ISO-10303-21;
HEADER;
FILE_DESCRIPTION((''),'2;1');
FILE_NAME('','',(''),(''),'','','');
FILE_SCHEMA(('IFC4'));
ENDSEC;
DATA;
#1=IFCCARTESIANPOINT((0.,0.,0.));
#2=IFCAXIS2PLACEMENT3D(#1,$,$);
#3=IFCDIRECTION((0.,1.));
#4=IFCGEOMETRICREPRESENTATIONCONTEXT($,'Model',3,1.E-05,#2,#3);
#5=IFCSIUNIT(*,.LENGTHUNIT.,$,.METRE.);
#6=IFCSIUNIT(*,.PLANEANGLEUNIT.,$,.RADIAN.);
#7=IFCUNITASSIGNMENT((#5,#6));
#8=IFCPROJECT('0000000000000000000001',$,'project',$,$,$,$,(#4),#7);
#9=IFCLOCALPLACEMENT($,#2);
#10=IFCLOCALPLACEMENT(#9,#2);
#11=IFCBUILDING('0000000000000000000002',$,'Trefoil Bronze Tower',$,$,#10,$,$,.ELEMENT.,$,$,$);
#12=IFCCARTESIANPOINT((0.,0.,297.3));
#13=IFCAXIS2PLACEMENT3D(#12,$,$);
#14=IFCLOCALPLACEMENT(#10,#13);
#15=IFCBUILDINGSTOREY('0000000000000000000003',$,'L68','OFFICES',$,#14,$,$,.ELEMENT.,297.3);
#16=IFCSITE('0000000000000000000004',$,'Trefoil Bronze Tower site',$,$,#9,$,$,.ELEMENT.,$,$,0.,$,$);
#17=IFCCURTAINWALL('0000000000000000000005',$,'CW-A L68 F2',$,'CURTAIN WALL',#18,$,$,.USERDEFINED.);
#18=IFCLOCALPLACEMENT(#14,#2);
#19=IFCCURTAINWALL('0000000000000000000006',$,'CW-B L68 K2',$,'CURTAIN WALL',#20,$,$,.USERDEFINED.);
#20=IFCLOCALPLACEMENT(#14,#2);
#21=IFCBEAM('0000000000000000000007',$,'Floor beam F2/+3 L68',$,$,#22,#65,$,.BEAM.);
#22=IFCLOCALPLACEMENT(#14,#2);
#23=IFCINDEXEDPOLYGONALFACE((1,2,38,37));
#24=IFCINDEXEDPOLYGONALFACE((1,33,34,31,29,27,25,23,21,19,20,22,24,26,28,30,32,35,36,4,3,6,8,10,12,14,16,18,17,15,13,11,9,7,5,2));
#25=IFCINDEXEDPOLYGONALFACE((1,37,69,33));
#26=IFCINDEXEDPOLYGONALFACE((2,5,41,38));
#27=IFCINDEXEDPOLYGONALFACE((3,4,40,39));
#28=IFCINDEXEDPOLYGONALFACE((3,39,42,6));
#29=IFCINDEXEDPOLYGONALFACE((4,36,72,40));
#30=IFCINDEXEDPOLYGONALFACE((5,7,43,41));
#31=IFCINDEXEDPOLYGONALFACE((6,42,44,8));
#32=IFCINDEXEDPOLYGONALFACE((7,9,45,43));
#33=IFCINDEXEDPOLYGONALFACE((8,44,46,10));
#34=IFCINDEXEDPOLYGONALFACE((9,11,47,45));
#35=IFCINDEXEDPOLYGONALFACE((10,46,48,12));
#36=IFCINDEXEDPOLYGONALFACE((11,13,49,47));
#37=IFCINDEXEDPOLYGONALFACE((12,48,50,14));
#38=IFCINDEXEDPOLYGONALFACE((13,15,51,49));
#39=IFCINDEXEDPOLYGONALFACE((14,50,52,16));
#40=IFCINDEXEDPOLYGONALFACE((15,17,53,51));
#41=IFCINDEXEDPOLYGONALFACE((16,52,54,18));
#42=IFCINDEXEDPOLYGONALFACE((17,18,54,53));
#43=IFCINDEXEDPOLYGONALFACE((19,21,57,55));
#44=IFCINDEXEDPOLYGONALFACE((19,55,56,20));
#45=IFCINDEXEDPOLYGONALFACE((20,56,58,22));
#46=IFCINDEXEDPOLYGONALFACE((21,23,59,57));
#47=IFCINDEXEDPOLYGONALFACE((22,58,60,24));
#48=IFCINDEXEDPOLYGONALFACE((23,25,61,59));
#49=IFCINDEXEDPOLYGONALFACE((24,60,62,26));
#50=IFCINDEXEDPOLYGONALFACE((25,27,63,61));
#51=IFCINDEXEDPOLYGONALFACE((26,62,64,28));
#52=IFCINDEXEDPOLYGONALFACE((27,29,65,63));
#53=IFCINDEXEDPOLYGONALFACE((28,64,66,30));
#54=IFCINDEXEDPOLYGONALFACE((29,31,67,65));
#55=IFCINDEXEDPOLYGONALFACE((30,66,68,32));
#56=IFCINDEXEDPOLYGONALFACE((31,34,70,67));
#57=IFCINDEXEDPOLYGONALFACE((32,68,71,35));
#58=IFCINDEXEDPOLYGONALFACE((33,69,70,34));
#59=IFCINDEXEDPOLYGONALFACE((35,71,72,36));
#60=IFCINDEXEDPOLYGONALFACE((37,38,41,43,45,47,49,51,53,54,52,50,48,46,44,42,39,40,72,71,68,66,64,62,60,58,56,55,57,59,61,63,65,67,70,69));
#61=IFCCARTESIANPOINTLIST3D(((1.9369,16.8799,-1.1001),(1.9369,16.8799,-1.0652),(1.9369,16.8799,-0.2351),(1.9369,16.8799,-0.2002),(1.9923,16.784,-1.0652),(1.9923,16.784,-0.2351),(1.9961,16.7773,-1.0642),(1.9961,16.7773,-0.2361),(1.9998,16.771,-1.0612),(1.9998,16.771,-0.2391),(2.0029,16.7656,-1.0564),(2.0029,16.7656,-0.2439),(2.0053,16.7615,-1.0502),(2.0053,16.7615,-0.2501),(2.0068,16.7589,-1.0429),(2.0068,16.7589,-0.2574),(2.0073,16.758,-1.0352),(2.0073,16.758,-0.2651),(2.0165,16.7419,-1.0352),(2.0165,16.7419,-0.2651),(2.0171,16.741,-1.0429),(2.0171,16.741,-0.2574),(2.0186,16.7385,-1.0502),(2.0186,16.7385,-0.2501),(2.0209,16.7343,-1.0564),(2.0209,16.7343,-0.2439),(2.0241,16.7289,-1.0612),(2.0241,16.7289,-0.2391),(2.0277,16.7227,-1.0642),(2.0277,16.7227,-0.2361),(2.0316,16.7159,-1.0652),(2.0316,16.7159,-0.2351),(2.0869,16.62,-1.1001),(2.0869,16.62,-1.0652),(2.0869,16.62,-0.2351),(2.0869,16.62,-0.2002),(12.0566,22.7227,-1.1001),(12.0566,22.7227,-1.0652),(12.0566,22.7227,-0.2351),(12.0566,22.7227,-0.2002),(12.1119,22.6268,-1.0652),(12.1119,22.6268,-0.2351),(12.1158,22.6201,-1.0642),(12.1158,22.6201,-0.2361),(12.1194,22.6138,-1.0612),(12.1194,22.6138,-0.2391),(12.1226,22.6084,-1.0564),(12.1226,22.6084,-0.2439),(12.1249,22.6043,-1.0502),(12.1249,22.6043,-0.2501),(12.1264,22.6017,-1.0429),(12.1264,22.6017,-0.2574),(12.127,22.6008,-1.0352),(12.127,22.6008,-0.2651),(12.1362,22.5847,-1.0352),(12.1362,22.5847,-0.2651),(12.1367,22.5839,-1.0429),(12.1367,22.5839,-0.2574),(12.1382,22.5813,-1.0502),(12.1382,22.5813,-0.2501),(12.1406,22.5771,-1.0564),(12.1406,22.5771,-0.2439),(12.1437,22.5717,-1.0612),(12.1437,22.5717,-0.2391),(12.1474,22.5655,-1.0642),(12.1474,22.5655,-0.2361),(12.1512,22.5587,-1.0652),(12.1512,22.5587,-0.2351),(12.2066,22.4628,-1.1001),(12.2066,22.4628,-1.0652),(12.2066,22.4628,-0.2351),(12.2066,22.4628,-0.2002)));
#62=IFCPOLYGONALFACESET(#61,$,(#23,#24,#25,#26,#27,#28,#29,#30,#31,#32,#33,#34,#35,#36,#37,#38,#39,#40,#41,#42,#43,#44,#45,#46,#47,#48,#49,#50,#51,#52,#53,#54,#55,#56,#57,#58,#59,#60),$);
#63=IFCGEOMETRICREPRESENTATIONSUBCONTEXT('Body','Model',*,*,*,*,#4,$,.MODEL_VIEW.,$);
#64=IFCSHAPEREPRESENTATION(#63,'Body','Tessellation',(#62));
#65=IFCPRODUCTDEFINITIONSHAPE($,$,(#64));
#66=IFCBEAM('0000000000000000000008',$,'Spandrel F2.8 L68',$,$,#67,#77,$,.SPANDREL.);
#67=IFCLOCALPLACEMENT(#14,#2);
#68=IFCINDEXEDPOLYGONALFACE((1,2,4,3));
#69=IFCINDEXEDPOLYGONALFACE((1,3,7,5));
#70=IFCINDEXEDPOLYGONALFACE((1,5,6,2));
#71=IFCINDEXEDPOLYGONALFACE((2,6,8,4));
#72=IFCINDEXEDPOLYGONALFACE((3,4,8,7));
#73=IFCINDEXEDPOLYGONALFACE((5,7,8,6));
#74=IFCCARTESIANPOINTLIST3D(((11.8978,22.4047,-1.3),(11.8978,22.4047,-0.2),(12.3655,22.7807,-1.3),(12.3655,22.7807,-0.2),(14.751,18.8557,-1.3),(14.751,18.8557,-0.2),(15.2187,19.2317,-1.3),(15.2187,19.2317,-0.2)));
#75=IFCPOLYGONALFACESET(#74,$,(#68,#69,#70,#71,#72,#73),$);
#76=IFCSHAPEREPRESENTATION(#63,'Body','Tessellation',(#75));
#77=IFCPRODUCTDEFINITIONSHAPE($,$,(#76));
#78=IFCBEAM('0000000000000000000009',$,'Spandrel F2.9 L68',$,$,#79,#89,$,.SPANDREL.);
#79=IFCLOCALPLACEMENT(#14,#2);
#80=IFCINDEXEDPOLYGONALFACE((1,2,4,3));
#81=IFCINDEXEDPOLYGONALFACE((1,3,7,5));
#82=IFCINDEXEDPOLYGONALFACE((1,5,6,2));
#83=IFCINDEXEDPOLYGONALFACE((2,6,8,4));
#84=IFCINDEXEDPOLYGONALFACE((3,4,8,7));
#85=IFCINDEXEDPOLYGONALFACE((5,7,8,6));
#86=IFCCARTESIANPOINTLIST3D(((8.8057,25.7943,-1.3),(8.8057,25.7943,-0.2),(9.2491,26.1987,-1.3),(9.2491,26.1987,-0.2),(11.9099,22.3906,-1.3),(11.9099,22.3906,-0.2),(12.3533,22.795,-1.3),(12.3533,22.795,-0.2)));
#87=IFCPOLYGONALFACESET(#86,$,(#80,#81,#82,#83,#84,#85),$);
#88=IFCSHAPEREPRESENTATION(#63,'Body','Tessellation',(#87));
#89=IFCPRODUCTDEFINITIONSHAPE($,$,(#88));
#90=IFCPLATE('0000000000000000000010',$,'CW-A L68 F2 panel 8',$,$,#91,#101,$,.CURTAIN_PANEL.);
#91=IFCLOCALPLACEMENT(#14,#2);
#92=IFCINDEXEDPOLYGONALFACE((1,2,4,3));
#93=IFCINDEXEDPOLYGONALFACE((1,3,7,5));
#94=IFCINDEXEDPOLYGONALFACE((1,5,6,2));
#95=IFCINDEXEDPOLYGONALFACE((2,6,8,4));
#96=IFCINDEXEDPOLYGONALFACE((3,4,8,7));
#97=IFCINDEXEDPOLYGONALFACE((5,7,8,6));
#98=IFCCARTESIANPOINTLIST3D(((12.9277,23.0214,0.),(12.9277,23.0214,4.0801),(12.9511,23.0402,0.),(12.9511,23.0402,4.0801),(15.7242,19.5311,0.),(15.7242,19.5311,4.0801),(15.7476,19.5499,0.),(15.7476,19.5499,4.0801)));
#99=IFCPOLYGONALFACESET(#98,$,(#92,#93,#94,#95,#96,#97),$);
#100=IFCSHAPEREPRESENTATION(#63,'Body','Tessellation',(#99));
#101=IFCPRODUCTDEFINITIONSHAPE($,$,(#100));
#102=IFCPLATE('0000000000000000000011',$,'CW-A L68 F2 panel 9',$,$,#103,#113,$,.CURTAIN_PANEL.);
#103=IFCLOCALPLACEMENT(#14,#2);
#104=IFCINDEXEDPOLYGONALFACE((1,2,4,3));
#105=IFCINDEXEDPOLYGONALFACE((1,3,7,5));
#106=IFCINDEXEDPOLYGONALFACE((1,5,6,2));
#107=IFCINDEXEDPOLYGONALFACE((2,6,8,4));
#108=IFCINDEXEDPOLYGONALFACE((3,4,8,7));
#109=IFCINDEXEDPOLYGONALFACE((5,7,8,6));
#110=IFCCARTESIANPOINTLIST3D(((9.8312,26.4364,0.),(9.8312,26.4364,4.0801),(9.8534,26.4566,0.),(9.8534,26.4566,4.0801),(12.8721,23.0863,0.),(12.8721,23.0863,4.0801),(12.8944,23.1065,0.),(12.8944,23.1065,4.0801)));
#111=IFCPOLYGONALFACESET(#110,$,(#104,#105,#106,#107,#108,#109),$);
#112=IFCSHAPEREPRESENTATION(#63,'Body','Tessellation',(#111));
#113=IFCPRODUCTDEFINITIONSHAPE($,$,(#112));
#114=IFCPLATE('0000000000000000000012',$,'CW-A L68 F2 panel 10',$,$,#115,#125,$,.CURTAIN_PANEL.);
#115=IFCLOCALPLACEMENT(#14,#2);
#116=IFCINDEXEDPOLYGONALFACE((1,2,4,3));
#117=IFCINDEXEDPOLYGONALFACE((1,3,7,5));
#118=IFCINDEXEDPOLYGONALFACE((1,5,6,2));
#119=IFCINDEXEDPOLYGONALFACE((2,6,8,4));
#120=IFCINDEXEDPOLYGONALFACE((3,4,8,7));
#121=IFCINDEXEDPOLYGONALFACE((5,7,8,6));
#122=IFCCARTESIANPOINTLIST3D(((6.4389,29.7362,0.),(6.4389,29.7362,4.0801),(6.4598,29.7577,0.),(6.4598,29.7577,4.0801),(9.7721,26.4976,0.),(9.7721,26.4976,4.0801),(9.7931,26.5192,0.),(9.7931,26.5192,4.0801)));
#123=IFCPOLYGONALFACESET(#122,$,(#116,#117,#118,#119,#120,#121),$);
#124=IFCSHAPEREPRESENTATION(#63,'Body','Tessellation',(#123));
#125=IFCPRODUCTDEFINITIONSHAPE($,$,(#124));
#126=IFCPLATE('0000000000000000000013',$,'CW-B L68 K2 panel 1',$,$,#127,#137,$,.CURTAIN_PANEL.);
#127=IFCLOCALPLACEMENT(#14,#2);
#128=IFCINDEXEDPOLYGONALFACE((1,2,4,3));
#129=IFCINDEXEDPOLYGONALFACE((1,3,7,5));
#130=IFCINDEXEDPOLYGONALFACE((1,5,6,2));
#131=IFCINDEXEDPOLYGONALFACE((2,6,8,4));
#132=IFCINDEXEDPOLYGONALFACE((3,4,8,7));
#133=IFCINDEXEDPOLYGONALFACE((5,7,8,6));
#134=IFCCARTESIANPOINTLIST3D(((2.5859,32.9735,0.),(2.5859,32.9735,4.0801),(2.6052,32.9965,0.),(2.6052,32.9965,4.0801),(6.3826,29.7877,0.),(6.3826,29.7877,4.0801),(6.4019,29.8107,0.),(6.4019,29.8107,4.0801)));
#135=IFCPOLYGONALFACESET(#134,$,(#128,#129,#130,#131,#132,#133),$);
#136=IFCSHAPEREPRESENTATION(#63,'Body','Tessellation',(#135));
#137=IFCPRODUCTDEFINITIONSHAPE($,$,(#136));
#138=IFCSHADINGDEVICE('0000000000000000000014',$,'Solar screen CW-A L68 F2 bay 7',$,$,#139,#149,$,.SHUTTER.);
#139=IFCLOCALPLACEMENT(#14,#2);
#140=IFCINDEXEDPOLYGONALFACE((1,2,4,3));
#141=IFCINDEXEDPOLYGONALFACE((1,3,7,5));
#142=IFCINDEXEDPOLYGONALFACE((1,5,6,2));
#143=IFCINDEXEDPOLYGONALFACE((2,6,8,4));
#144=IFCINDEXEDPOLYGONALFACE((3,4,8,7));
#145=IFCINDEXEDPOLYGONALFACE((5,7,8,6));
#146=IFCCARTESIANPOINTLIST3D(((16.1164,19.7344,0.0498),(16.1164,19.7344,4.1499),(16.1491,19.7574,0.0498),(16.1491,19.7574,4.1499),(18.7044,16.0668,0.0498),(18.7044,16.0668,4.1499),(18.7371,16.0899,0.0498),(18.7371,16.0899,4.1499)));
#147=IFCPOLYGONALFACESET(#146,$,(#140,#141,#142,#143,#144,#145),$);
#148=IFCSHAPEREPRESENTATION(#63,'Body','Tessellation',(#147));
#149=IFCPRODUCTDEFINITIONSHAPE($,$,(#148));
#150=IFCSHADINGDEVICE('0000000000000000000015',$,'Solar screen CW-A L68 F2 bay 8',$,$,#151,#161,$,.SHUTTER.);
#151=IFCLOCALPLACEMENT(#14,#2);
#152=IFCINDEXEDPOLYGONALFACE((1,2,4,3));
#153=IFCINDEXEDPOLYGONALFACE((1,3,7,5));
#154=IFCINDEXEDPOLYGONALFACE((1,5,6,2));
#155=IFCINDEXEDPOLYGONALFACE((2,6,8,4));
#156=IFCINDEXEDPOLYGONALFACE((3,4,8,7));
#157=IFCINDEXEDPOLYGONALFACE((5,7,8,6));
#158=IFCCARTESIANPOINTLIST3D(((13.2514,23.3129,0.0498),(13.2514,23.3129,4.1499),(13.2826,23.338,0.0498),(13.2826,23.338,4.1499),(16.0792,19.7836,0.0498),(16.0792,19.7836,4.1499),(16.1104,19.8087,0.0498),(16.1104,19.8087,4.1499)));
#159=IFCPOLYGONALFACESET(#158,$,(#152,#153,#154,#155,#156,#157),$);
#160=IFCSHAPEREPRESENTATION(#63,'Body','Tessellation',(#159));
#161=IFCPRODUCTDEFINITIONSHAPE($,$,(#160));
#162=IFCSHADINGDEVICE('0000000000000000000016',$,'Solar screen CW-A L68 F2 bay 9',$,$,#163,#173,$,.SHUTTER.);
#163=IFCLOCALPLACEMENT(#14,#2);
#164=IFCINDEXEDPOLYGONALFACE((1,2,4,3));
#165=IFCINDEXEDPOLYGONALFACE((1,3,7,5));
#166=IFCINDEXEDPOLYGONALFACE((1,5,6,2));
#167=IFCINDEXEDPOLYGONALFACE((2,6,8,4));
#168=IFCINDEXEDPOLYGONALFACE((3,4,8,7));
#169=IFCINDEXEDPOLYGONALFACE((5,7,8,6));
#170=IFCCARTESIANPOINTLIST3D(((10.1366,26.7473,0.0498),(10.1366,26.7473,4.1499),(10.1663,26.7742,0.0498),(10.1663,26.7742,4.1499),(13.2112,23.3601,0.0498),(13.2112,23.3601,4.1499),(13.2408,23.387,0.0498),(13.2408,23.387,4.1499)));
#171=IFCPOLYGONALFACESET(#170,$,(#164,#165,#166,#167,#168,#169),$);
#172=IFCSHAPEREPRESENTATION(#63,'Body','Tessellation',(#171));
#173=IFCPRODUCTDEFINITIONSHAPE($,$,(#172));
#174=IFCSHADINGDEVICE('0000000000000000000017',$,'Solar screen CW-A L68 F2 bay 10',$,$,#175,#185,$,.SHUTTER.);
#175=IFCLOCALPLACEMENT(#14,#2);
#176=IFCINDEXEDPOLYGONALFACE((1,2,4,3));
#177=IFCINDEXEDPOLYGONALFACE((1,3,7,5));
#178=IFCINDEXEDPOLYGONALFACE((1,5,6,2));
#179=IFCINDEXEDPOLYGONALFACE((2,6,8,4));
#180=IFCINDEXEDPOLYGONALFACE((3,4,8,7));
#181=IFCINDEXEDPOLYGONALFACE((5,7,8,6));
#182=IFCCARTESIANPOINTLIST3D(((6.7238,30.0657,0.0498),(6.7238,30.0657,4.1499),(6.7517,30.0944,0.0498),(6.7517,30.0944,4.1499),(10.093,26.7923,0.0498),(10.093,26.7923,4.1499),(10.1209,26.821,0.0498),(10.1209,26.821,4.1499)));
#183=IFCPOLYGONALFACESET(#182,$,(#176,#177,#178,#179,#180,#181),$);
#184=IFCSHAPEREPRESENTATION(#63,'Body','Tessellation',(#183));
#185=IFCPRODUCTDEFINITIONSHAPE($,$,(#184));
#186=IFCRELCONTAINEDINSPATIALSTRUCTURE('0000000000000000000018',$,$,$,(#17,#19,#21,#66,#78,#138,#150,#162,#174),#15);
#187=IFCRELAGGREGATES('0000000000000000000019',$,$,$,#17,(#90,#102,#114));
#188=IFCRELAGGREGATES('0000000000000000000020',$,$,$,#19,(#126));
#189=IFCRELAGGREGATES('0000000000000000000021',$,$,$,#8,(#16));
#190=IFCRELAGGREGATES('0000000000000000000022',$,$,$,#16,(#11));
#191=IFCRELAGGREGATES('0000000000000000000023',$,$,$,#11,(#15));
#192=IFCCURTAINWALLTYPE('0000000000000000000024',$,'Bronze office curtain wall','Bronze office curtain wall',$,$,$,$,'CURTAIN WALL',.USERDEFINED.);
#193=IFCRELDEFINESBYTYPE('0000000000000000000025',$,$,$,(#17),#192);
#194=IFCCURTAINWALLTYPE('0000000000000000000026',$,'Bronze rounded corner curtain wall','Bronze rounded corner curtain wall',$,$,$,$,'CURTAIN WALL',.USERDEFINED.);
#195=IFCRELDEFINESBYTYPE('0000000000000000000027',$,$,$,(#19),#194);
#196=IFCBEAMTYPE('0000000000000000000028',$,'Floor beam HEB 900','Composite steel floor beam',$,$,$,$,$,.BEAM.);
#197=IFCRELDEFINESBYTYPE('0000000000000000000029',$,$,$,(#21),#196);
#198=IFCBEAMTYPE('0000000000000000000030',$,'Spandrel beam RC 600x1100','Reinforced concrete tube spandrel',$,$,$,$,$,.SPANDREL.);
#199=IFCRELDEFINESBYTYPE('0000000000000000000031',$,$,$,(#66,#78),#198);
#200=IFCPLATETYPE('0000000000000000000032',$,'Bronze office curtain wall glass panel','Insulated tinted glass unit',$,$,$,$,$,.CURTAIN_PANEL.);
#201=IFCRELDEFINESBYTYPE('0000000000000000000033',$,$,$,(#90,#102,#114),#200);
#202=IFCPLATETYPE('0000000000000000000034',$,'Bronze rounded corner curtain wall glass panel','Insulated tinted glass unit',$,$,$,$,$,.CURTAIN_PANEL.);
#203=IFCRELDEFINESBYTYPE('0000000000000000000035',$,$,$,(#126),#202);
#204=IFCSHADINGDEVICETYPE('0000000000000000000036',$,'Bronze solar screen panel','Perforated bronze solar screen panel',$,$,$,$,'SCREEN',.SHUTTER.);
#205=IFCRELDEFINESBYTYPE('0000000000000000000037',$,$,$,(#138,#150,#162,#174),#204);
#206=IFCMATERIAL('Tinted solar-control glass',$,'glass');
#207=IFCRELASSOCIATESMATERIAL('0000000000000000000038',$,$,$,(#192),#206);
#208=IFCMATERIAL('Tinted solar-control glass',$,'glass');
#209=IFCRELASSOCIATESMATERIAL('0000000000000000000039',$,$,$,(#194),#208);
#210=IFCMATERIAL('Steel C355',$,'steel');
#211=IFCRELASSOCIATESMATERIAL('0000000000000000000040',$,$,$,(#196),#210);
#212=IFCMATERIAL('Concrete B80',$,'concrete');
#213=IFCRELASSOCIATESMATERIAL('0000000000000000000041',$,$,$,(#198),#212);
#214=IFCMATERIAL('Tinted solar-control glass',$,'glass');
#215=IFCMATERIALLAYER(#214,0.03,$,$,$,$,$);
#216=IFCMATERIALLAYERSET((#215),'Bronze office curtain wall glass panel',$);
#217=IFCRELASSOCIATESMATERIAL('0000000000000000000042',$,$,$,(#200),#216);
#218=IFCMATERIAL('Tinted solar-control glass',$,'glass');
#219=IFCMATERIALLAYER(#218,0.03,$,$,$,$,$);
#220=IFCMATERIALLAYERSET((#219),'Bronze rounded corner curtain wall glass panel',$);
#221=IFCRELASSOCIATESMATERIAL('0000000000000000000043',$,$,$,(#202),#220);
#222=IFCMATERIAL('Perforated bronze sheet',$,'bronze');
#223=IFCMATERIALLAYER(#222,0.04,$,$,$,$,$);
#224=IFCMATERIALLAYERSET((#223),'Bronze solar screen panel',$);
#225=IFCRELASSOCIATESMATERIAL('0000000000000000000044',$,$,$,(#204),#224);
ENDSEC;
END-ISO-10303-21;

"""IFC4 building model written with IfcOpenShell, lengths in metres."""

from ifc_helpers import new_model, si_unit, direction, frame, origin, origin_2d, place, context, subcontext, project, spatial, rectangle, i_section, extrude, material, layer, layer_set, material_profile, profile_set, type_object, element, aggregate, save


model = new_model("IFC4")

# Units and contexts
model_context = context("Model", 3, precision=1e-05, world=origin(), true_north=direction((0.0, 1.0)))
body_context = subcontext(model_context, "Body", "Model", "MODEL_VIEW")
ifc_project = project(units=[si_unit("LENGTHUNIT", "METRE"), si_unit("PLANEANGLEUNIT", "RADIAN")], contexts=[model_context])

# Site, building, storey
site_placement = place(None, origin())
site = spatial("IfcSite", under=ifc_project, at=site_placement, Name="Trefoil Bronze Tower site", CompositionType="ELEMENT", RefElevation=0.0)
building_placement = place(site_placement, origin())
building = spatial("IfcBuilding", under=site, at=building_placement, Name="Trefoil Bronze Tower", CompositionType="ELEMENT")
storey_placement = place(building_placement, frame((0.0, 0.0, 297.3)))
storey = spatial("IfcBuildingStorey", under=building, at=storey_placement, Name="L68", Description="OFFICES", CompositionType="ELEMENT", Elevation=297.3)

# Curtain walls
ifc_material_1 = material(Name="Tinted solar-control glass", Category="glass")
curtain_wall_type_1 = type_object("IfcCurtainWallType", Name="Bronze office curtain wall", Description="Bronze office curtain wall", ElementType="CURTAIN WALL", PredefinedType="USERDEFINED", material=ifc_material_1)
curtain_wall_1_placement = place(storey_placement, origin())
curtain_wall_1 = element("IfcCurtainWall", 1, at=curtain_wall_1_placement, inside=storey, type_object=curtain_wall_type_1, Name="CW-A L68 F2", ObjectType="CURTAIN WALL", PredefinedType="USERDEFINED")
ifc_material_2 = material(Name="Tinted solar-control glass", Category="glass")
curtain_wall_type_2 = type_object("IfcCurtainWallType", Name="Bronze rounded corner curtain wall", Description="Bronze rounded corner curtain wall", ElementType="CURTAIN WALL", PredefinedType="USERDEFINED", material=ifc_material_2)
curtain_wall_2_placement = place(storey_placement, origin())
curtain_wall_2 = element("IfcCurtainWall", 2, at=curtain_wall_2_placement, inside=storey, type_object=curtain_wall_type_2, Name="CW-B L68 K2", ObjectType="CURTAIN WALL", PredefinedType="USERDEFINED")

# Beams
ifc_material_3 = material(Name="Steel C355", Category="steel")
ifc_material_profile_1 = material_profile(ifc_material_3, i_section(OverallWidth=0.3, OverallDepth=0.8999, WebThickness=0.0186, FlangeThickness=0.0349, FilletRadius=0.03, at=origin_2d()), Name="HEB 900")
ifc_profile_set_1 = profile_set([ifc_material_profile_1], Name="Steel C355")
beam_type_1 = type_object("IfcBeamType", Name="Floor beam HEB 900", Description="Composite steel floor beam", PredefinedType="BEAM", material=ifc_profile_set_1)
beam_1_placement = place(storey_placement, frame((12.1316, 22.5928, -0.6501), z_axis=(-0.866018, -0.500013, 0.0), x_axis=(0.500013, -0.866018, 0.0)))
element("IfcBeam", 3, at=beam_1_placement, inside=storey, type_object=beam_type_1, Name="Floor beam F2/+3 L68", PredefinedType="BEAM", context=body_context, shape_type="SweptSolid", body=[
    extrude(i_section(OverallWidth=0.3, OverallDepth=0.8999, WebThickness=0.0186, FlangeThickness=0.0349, FilletRadius=0.03, at=origin_2d()), origin(), (0.0, 0.0, 1.0), 11.6853),
])
ifc_material_4 = material(Name="Concrete B80", Category="concrete")
ifc_material_profile_2 = material_profile(ifc_material_4, rectangle(XDim=0.6001, YDim=1.1001, at=origin_2d()), Name="RC 600x1100")
ifc_profile_set_2 = profile_set([ifc_material_profile_2], Name="Concrete B80")
beam_type_2 = type_object("IfcBeamType", Name="Spandrel beam RC 600x1100", Description="Reinforced concrete tube spandrel", PredefinedType="SPANDREL", material=ifc_profile_set_2)
beam_2_placement = place(storey_placement, frame((14.9849, 19.0437, -0.75), z_axis=(-0.62657, 0.779365, 0.0), x_axis=(-0.779365, -0.62657, 0.0)))
element("IfcBeam", 4, at=beam_2_placement, inside=storey, type_object=beam_type_2, Name="Spandrel F2.8 L68", PredefinedType="SPANDREL", context=body_context, shape_type="SweptSolid", body=[
    extrude(rectangle(XDim=0.6001, YDim=1.1001, at=origin_2d()), origin(), (0.0, 0.0, 1.0), 4.5537),
])
beam_3_placement = place(storey_placement, frame((12.1316, 22.5928, -0.75), z_axis=(-0.673846, 0.738872, 0.0), x_axis=(-0.738872, -0.673846, 0.0)))
element("IfcBeam", 5, at=beam_3_placement, inside=storey, type_object=beam_type_2, Name="Spandrel F2.9 L68", PredefinedType="SPANDREL", context=body_context, shape_type="SweptSolid", body=[
    extrude(rectangle(XDim=0.6001, YDim=1.1001, at=origin_2d()), origin(), (0.0, 0.0, 1.0), 4.6067),
])

# Plates
ifc_material_5 = material(Name="Tinted solar-control glass", Category="glass")
ifc_layer_1 = layer(ifc_material_5, 0.03)
ifc_layer_set_1 = layer_set([ifc_layer_1], Name="Bronze office curtain wall glass panel")
plate_type_1 = type_object("IfcPlateType", Name="Bronze office curtain wall glass panel", Description="Insulated tinted glass unit", PredefinedType="CURTAIN_PANEL", material=ifc_layer_set_1)
plate_1_placement = place(storey_placement, frame((14.3376, 21.2856, 0.0), z_axis=(0.0, 0.0, 1.0), x_axis=(-0.625287, 0.780395, 0.0)))
plate_1 = element("IfcPlate", 6, at=plate_1_placement, type_object=plate_type_1, Name="CW-A L68 F2 panel 8", PredefinedType="CURTAIN_PANEL", context=body_context, shape_type="SweptSolid", body=[
    extrude(rectangle(XDim=4.4724, YDim=0.03, at=origin_2d()), origin(), (0.0, 0.0, 1.0), 4.0801),
])
plate_2_placement = place(storey_placement, frame((11.3628, 24.7715, 0.0), z_axis=(0.0, 0.0, 1.0), x_axis=(-0.672115, 0.740447, 0.0)))
plate_2 = element("IfcPlate", 7, at=plate_2_placement, type_object=plate_type_1, Name="CW-A L68 F2 panel 9", PredefinedType="CURTAIN_PANEL", context=body_context, shape_type="SweptSolid", body=[
    extrude(rectangle(XDim=4.5244, YDim=0.03, at=origin_2d()), origin(), (0.0, 0.0, 1.0), 4.0801),
])
plate_3_placement = place(storey_placement, frame((8.116, 28.1277, 0.0), z_axis=(0.0, 0.0, 1.0), x_axis=(-0.717218, 0.696849, 0.0)))
plate_3 = element("IfcPlate", 8, at=plate_3_placement, type_object=plate_type_1, Name="CW-A L68 F2 panel 10", PredefinedType="CURTAIN_PANEL", context=body_context, shape_type="SweptSolid", body=[
    extrude(rectangle(XDim=4.6475, YDim=0.03, at=origin_2d()), origin(), (0.0, 0.0, 1.0), 4.0801),
])
aggregate(curtain_wall_1, [plate_1, plate_2, plate_3])
ifc_material_6 = material(Name="Tinted solar-control glass", Category="glass")
ifc_layer_2 = layer(ifc_material_6, 0.03)
ifc_layer_set_2 = layer_set([ifc_layer_2], Name="Bronze rounded corner curtain wall glass panel")
plate_type_2 = type_object("IfcPlateType", Name="Bronze rounded corner curtain wall glass panel", Description="Insulated tinted glass unit", PredefinedType="CURTAIN_PANEL", material=ifc_layer_set_2)
plate_4_placement = place(storey_placement, frame((4.4939, 31.3921, 0.0), z_axis=(0.0, 0.0, 1.0), x_axis=(-0.766044, 0.642788, 0.0)))
plate_4 = element("IfcPlate", 9, at=plate_4_placement, type_object=plate_type_2, Name="CW-B L68 K2 panel 1", PredefinedType="CURTAIN_PANEL", context=body_context, shape_type="SweptSolid", body=[
    extrude(rectangle(XDim=4.9563, YDim=0.03, at=origin_2d()), origin(), (0.0, 0.0, 1.0), 4.0801),
])
aggregate(curtain_wall_2, [plate_4])

# Shading devices
ifc_material_7 = material(Name="Perforated bronze sheet", Category="bronze")
ifc_layer_3 = layer(ifc_material_7, 0.04)
ifc_layer_set_3 = layer_set([ifc_layer_3], Name="Bronze solar screen panel")
shading_device_type = type_object("IfcShadingDeviceType", Name="Bronze solar screen panel", Description="Perforated bronze solar screen panel", ElementType="SCREEN", PredefinedType="SHUTTER", material=ifc_layer_set_3)
shading_device_1_placement = place(storey_placement, frame((17.4268, 17.9121, 0.0498), z_axis=(0.0, 0.0, 1.0), x_axis=(-0.576561, 0.817054, 0.0)))
element("IfcShadingDevice", 10, at=shading_device_1_placement, inside=storey, type_object=shading_device_type, Name="Solar screen CW-A L68 F2 bay 7", PredefinedType="SHUTTER", context=body_context, shape_type="SweptSolid", body=[
    extrude(rectangle(XDim=4.4888, YDim=0.04, at=origin_2d()), origin(), (0.0, 0.0, 1.0), 4.1001),
])
shading_device_2_placement = place(storey_placement, frame((14.6809, 21.5608, 0.0498), z_axis=(0.0, 0.0, 1.0), x_axis=(-0.625287, 0.780395, 0.0)))
element("IfcShadingDevice", 11, at=shading_device_2_placement, inside=storey, type_object=shading_device_type, Name="Solar screen CW-A L68 F2 bay 8", PredefinedType="SHUTTER", context=body_context, shape_type="SweptSolid", body=[
    extrude(rectangle(XDim=4.5225, YDim=0.04, at=origin_2d()), origin(), (0.0, 0.0, 1.0), 4.1001),
])
shading_device_3_placement = place(storey_placement, frame((11.6887, 25.0671, 0.0498), z_axis=(0.0, 0.0, 1.0), x_axis=(-0.672115, 0.740447, 0.0)))
element("IfcShadingDevice", 12, at=shading_device_3_placement, inside=storey, type_object=shading_device_type, Name="Solar screen CW-A L68 F2 bay 9", PredefinedType="SHUTTER", context=body_context, shape_type="SweptSolid", body=[
    extrude(rectangle(XDim=4.5745, YDim=0.04, at=origin_2d()), origin(), (0.0, 0.0, 1.0), 4.1001),
])
shading_device_4_placement = place(storey_placement, frame((8.4224, 28.4434, 0.0498), z_axis=(0.0, 0.0, 1.0), x_axis=(-0.717218, 0.696849, 0.0)))
element("IfcShadingDevice", 13, at=shading_device_4_placement, inside=storey, type_object=shading_device_type, Name="Solar screen CW-A L68 F2 bay 10", PredefinedType="SHUTTER", context=body_context, shape_type="SweptSolid", body=[
    extrude(rectangle(XDim=4.6975, YDim=0.04, at=origin_2d()), origin(), (0.0, 0.0, 1.0), 4.1001),
])

save(model, "model.ifc")
